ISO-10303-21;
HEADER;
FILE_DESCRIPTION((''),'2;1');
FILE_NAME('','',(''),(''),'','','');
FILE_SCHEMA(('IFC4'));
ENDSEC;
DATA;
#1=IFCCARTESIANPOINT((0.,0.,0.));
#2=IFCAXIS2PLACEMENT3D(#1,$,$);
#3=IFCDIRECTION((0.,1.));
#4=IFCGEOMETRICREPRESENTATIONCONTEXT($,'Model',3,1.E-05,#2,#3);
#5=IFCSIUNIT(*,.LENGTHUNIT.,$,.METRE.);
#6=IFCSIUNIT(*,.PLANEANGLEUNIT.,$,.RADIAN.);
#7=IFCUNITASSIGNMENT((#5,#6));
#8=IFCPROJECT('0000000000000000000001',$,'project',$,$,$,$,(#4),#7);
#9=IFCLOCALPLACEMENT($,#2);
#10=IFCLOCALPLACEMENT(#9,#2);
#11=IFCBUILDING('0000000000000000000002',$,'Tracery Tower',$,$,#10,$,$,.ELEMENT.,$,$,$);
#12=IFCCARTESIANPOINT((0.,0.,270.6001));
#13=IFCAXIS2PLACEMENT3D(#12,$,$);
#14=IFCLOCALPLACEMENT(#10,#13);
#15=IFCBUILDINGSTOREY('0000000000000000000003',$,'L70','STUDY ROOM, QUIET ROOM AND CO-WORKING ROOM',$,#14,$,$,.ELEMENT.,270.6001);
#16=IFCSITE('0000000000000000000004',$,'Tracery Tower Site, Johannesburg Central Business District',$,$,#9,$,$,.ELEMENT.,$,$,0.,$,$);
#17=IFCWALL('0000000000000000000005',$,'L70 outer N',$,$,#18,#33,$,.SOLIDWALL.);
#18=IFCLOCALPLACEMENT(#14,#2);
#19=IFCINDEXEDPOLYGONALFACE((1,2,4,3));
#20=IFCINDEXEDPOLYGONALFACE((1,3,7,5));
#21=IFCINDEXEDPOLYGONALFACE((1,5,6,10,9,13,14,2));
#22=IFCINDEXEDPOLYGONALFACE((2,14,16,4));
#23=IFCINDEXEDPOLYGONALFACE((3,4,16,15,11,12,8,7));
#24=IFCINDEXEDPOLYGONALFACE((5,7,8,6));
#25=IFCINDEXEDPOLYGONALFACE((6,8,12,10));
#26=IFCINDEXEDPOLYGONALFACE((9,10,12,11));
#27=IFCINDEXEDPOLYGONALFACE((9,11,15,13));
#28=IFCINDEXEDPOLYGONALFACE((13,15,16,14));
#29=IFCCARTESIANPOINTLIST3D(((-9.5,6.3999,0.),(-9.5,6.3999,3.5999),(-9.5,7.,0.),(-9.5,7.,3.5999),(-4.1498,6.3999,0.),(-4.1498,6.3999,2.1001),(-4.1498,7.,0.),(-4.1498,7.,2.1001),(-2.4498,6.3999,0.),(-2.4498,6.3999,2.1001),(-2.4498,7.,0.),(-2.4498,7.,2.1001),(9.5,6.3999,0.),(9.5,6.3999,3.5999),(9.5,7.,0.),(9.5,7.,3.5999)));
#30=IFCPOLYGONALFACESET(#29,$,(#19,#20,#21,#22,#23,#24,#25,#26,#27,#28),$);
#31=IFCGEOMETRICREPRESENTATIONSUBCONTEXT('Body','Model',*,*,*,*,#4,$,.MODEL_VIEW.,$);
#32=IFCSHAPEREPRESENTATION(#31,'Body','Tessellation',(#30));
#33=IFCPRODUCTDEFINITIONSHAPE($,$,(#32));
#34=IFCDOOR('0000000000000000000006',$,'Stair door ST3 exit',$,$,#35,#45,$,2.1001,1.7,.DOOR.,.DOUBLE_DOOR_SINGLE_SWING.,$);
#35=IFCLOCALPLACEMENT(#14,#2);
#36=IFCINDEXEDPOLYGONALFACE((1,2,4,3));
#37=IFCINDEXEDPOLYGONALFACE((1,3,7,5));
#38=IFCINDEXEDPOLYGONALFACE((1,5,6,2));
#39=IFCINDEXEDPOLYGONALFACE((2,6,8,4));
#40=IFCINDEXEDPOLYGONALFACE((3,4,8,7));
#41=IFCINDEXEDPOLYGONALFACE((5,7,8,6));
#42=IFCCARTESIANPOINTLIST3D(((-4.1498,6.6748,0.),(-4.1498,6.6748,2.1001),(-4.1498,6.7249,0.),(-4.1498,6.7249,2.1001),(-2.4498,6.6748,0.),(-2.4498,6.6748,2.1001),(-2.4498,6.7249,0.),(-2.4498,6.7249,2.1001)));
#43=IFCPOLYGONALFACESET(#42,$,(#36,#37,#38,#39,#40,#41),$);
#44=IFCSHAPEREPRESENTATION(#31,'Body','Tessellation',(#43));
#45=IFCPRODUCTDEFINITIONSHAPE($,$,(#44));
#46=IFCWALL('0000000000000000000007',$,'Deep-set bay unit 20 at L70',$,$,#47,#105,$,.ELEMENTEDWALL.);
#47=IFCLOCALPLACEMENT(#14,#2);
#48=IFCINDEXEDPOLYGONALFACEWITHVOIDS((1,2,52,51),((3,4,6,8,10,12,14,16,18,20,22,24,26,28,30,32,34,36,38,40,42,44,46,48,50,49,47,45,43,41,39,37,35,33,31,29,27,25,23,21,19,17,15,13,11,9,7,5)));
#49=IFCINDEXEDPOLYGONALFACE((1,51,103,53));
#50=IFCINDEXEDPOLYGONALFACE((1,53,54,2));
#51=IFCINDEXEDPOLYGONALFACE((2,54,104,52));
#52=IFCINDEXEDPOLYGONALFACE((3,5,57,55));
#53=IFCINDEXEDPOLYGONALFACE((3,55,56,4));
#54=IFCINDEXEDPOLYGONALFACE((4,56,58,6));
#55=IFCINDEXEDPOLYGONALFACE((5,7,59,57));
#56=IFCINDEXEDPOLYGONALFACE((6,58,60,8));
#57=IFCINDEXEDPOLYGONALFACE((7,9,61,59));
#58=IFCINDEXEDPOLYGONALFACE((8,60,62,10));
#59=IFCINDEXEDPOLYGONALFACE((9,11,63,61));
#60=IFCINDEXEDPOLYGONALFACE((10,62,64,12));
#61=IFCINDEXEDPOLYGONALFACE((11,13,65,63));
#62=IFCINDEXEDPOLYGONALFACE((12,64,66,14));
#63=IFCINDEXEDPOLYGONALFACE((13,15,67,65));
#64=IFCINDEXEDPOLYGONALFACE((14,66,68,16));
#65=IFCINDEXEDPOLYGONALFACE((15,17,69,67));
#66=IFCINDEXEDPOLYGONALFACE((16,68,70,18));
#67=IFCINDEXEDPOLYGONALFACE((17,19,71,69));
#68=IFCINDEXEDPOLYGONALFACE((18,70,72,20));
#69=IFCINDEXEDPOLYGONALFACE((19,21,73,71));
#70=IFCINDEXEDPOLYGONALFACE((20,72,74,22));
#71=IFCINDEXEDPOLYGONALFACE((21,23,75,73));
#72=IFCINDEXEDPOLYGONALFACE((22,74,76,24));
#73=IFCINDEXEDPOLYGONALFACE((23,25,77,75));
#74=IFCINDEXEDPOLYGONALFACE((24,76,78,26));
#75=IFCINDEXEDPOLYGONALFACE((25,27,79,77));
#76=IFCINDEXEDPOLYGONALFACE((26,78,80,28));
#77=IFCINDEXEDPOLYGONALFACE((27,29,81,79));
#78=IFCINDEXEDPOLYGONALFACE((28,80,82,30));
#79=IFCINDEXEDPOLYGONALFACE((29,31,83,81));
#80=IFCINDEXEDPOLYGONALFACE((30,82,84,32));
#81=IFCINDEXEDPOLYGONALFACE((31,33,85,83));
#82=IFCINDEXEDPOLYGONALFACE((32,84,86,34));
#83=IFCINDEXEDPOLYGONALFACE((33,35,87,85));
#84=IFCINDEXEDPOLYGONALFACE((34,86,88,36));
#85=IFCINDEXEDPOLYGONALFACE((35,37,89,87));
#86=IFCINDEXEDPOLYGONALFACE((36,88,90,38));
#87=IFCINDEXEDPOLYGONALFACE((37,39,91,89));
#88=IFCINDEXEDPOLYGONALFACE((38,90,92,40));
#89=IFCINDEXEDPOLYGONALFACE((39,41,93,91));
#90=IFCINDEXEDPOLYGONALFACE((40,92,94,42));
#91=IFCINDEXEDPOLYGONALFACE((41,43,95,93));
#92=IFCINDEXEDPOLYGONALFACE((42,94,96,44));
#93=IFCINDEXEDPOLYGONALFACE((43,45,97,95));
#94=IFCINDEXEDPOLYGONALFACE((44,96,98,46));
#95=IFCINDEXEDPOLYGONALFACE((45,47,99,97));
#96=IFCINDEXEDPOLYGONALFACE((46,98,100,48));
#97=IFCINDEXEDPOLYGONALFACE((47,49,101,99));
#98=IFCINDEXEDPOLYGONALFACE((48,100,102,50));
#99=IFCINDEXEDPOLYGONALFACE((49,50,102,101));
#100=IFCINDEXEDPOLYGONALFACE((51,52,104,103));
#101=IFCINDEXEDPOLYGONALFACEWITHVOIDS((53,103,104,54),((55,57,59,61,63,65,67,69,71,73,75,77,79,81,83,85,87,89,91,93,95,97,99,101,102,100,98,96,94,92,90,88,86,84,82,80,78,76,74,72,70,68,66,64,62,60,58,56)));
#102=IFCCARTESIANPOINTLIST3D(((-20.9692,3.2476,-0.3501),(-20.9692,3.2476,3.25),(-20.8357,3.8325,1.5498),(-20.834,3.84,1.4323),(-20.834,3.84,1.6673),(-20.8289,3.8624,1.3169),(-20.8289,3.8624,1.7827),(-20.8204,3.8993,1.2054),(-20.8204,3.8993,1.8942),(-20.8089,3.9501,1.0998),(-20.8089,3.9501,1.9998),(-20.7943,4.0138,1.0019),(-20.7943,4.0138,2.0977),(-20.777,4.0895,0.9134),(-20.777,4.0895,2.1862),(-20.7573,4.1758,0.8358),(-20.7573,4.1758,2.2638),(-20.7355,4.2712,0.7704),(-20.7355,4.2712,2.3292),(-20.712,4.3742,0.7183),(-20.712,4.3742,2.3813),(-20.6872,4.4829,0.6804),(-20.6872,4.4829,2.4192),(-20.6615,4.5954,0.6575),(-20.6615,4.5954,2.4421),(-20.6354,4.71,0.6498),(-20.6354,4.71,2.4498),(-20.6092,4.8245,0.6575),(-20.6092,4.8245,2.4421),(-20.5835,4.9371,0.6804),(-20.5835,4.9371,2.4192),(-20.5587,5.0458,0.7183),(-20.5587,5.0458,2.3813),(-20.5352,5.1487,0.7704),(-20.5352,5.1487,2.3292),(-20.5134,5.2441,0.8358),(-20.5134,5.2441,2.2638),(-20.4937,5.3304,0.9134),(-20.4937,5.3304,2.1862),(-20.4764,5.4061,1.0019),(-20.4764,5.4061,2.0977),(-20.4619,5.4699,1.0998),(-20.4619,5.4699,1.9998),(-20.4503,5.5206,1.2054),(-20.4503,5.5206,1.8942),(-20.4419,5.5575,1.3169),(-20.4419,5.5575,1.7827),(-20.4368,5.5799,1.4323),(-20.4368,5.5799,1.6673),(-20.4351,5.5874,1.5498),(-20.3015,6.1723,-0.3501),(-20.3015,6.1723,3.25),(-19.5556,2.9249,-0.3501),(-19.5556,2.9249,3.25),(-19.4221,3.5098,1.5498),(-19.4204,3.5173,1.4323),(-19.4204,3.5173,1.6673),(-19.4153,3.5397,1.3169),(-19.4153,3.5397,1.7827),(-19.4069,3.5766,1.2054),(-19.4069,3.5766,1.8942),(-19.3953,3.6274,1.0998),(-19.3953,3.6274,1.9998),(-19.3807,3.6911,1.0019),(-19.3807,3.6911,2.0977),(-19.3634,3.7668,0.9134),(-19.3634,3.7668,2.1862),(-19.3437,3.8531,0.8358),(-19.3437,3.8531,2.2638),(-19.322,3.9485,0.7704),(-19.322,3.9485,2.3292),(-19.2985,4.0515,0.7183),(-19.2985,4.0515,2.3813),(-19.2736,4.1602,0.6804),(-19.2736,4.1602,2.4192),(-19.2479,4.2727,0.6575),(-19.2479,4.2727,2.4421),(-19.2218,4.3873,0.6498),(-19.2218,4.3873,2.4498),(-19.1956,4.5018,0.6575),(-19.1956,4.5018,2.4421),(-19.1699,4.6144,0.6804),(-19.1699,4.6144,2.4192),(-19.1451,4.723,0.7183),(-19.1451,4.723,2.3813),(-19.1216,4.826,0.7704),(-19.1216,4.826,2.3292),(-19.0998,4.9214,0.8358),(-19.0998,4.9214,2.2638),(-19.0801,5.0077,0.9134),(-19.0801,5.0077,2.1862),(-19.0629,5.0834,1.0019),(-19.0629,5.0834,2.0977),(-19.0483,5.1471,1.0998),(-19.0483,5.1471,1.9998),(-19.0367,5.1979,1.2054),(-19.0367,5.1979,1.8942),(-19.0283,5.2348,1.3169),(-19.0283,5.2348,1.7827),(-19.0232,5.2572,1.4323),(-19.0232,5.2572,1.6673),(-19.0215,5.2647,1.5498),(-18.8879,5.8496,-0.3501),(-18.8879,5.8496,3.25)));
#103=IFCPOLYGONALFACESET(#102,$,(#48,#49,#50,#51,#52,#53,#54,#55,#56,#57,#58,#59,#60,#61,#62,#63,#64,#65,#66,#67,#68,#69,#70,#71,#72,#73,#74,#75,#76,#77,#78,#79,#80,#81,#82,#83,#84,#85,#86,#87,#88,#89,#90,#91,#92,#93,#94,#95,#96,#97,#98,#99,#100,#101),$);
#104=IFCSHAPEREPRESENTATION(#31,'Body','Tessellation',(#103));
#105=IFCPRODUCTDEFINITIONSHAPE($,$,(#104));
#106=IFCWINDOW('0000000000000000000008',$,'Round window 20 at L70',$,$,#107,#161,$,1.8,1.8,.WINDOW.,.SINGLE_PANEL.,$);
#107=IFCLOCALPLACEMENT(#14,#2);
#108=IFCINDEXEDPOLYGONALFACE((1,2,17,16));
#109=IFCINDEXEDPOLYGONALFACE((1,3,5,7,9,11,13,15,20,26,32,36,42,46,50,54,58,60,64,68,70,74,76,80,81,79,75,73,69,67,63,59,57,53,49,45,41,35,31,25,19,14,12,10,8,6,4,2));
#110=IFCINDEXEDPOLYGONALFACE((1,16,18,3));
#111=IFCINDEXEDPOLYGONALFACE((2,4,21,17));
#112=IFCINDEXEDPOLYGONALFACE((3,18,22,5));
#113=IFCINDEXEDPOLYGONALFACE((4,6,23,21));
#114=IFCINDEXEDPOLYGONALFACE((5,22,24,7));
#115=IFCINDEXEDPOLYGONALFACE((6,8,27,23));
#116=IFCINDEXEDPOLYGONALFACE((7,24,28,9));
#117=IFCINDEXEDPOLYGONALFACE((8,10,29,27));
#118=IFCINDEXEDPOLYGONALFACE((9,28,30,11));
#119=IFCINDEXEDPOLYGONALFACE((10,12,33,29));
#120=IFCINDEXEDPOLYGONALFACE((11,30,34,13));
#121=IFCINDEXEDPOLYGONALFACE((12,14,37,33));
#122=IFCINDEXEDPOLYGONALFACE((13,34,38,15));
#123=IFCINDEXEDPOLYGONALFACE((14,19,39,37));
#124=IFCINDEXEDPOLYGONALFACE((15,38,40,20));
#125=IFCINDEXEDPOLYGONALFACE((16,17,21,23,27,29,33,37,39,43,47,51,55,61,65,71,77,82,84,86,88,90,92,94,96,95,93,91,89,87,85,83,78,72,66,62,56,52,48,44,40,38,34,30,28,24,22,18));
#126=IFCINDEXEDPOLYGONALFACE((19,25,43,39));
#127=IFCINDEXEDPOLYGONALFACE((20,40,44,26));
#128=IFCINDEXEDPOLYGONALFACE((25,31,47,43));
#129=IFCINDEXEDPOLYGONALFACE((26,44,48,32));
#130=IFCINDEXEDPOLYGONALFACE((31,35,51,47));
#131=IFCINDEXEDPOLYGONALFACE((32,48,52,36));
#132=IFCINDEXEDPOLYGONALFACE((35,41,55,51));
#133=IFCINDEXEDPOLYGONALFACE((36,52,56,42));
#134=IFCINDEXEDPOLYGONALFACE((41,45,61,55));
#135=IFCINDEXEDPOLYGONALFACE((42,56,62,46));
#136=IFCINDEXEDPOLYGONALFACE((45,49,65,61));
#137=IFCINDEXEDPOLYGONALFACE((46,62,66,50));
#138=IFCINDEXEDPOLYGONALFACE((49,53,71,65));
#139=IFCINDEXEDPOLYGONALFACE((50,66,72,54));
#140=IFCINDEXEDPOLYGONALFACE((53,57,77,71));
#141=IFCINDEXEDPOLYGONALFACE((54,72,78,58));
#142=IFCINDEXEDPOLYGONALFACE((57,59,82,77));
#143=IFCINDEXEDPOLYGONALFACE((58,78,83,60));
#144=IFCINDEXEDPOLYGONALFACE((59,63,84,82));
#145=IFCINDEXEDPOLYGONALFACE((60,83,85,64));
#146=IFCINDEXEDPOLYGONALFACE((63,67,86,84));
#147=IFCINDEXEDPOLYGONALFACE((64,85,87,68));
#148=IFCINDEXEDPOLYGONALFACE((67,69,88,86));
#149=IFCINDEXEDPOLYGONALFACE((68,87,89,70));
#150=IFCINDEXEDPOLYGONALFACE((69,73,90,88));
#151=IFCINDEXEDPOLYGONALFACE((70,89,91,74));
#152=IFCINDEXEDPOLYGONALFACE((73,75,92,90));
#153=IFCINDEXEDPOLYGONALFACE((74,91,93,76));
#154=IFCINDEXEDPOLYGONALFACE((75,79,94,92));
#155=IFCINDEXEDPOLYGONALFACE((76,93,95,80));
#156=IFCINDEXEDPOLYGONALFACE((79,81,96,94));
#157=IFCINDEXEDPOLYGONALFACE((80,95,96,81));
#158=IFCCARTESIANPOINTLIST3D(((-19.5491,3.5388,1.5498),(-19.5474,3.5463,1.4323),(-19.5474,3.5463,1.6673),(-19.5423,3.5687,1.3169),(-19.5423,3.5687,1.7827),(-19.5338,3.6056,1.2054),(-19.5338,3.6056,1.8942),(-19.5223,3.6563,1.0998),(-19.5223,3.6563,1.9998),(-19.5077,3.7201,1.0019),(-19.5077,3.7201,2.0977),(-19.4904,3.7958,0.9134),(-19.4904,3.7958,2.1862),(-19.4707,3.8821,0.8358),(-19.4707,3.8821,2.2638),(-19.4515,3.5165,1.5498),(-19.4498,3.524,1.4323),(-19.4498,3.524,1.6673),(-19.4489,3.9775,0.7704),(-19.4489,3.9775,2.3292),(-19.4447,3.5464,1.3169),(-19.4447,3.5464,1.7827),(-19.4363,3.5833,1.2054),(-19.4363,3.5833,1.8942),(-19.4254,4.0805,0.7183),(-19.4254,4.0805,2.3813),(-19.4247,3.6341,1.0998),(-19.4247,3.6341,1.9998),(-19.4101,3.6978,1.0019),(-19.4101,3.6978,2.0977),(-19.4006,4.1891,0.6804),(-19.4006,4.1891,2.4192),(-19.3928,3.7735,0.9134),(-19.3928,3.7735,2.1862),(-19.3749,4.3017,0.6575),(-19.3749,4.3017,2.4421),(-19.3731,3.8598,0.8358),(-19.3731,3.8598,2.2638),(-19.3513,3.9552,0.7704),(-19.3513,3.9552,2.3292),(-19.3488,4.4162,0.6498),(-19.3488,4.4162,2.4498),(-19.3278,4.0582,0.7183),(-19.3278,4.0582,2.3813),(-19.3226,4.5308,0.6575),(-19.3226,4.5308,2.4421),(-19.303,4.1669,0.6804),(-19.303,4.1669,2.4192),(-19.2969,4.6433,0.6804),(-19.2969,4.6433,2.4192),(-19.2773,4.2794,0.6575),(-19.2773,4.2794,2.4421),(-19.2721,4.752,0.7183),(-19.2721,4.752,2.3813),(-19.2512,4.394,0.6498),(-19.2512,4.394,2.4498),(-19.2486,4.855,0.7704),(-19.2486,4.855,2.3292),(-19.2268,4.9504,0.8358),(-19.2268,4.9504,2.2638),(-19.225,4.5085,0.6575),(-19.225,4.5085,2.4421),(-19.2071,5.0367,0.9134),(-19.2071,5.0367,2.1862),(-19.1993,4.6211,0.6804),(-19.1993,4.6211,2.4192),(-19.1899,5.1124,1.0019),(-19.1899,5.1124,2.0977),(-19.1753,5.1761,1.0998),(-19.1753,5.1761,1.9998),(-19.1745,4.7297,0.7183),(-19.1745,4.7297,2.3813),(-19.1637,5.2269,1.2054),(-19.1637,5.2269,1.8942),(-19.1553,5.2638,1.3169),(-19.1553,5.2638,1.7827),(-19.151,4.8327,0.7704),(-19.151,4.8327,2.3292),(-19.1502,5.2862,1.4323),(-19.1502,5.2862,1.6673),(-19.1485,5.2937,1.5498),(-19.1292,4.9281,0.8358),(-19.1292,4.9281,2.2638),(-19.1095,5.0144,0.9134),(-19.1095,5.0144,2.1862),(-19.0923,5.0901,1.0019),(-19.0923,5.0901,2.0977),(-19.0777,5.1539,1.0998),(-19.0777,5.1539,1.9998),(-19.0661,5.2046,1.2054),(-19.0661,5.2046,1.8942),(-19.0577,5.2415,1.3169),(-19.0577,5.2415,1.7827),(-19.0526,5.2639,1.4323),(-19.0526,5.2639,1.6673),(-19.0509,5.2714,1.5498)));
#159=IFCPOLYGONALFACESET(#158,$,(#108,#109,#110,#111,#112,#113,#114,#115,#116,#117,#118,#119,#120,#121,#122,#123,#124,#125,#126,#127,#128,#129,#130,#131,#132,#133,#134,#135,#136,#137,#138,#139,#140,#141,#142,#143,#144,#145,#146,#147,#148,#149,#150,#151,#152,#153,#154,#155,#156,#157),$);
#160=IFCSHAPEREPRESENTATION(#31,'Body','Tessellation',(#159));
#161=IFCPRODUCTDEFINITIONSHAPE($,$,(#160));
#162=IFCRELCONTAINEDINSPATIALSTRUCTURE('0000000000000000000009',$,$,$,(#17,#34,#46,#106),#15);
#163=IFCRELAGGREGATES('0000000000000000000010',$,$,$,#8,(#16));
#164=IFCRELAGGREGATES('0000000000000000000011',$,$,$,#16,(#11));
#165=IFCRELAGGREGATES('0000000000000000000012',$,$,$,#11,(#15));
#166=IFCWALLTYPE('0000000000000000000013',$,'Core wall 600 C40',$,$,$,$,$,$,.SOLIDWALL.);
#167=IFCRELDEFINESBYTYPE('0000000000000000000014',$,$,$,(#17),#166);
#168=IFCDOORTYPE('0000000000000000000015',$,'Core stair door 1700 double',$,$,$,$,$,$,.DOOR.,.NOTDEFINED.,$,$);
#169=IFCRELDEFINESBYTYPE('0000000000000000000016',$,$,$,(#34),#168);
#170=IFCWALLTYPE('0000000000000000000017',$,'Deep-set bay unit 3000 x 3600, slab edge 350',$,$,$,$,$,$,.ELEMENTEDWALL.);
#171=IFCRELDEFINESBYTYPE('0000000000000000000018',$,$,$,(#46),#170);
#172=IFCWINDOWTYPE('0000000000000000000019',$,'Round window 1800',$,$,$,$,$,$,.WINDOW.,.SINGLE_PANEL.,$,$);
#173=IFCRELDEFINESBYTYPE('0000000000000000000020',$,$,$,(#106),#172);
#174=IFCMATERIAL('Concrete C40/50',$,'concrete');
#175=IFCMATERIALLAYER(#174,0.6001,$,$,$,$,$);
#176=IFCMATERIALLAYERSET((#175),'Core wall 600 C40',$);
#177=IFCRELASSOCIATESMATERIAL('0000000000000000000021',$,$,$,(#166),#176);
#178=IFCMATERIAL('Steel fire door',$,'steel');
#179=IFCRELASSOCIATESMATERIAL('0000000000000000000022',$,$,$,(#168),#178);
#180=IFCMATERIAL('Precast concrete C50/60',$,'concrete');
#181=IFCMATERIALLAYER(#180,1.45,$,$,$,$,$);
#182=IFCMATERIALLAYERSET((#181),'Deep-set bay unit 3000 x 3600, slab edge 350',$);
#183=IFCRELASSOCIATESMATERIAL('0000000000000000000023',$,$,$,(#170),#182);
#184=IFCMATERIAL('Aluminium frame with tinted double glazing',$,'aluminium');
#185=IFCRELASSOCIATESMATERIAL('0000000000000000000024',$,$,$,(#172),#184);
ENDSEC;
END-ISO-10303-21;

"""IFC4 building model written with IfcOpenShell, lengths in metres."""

from ifc_helpers import new_model, si_unit, direction, frame, frame_2d, origin, origin_2d, place, context, subcontext, project, spatial, rectangle, circle, extrude, material, layer, layer_set, type_object, element, fill, save


model = new_model("IFC4")

# Units and contexts
model_context = context("Model", 3, precision=1e-05, world=origin(), true_north=direction((0.0, 1.0)))
body_context = subcontext(model_context, "Body", "Model", "MODEL_VIEW")
ifc_project = project(units=[si_unit("LENGTHUNIT", "METRE"), si_unit("PLANEANGLEUNIT", "RADIAN")], contexts=[model_context])

# Site, building, storey
site_placement = place(None, origin())
site = spatial("IfcSite", under=ifc_project, at=site_placement, Name="Tracery Tower Site, Johannesburg Central Business District", CompositionType="ELEMENT", RefElevation=0.0)
building_placement = place(site_placement, origin())
building = spatial("IfcBuilding", under=site, at=building_placement, Name="Tracery Tower", CompositionType="ELEMENT")
storey_placement = place(building_placement, frame((0.0, 0.0, 270.6001)))
storey = spatial("IfcBuildingStorey", under=building, at=storey_placement, Name="L70", Description="STUDY ROOM, QUIET ROOM AND CO-WORKING ROOM", CompositionType="ELEMENT", Elevation=270.6001)

# Wall, opening, door
ifc_material_1 = material(Name="Concrete C40/50", Category="concrete")
ifc_layer_1 = layer(ifc_material_1, 0.6001)
ifc_layer_set_1 = layer_set([ifc_layer_1], Name="Core wall 600 C40")
wall_type_1 = type_object("IfcWallType", Name="Core wall 600 C40", PredefinedType="SOLIDWALL", material=ifc_layer_set_1)
wall_1_placement = place(storey_placement, frame((-9.5, 6.7, 0.0), z_axis=(0.0, 0.0, 1.0), x_axis=(1.0, 0.0, 0.0)))
wall_1 = element("IfcWall", 1, at=wall_1_placement, inside=storey, type_object=wall_type_1, Name="L70 outer N", PredefinedType="SOLIDWALL", context=body_context, shape_type="SweptSolid", body=[
    extrude(rectangle(XDim=19.0, YDim=0.6001, at=frame_2d((9.5, 0.0))), origin(), (0.0, 0.0, 1.0), 3.5999),
])
opening_1_placement = place(wall_1_placement, frame((5.3501, 0.0, 0.0)))
opening_1 = element("IfcOpeningElement", 2, at=opening_1_placement, cuts=wall_1, PredefinedType="OPENING", context=body_context, shape_type="SweptSolid", body=[
    extrude(rectangle(XDim=1.7, YDim=2.1001, at=frame_2d((0.8501, 1.05))), frame((0.0, 0.3, 0.0), z_axis=(0.0, -1.0, 0.0), x_axis=(1.0, 0.0, 0.0)), (0.0, 0.0, 1.0), 0.6001),
])
ifc_material_2 = material(Name="Steel fire door", Category="steel")
door_type_1 = type_object("IfcDoorType", Name="Core stair door 1700 double", OperationType="NOTDEFINED", PredefinedType="DOOR", material=ifc_material_2)
door_1_placement = place(opening_1_placement, origin())
door_1 = element("IfcDoor", 3, at=door_1_placement, inside=storey, type_object=door_type_1, Name="Stair door ST3 exit", OperationType="DOUBLE_DOOR_SINGLE_SWING", OverallHeight=2.1001, OverallWidth=1.7, PredefinedType="DOOR", context=body_context, shape_type="SweptSolid", body=[
    extrude(rectangle(XDim=1.7, YDim=2.1001, at=frame_2d((0.8501, 1.05))), frame((0.0, 0.0249, 0.0), z_axis=(0.0, -1.0, 0.0), x_axis=(1.0, 0.0, 0.0)), (0.0, 0.0, 1.0), 0.05),
])
fill(opening_1, door_1)

# Wall, opening, window
ifc_material_3 = material(Name="Precast concrete C50/60", Category="concrete")
ifc_layer_2 = layer(ifc_material_3, 1.45)
ifc_layer_set_2 = layer_set([ifc_layer_2], Name="Deep-set bay unit 3000 x 3600, slab edge 350")
wall_type_2 = type_object("IfcWallType", Name="Deep-set bay unit 3000 x 3600, slab edge 350", PredefinedType="ELEMENTEDWALL", material=ifc_layer_set_2)
wall_2_placement = place(storey_placement, frame((-19.5947, 6.011, -0.3501), z_axis=(0.0, 0.0, 1.0), x_axis=(-0.222571, -0.974917, 0.0)))
wall_2 = element("IfcWall", 4, at=wall_2_placement, inside=storey, type_object=wall_type_2, Name="Deep-set bay unit 20 at L70", PredefinedType="ELEMENTEDWALL", context=body_context, shape_type="SweptSolid", body=[
    extrude(rectangle(XDim=3.0, YDim=1.45, at=frame_2d((1.5, 0.0))), origin(), (0.0, 0.0, 1.0), 3.6001),
])
opening_2_placement = place(wall_2_placement, frame((1.5, 0.0, 1.8999)))
opening_2 = element("IfcOpeningElement", 5, at=opening_2_placement, cuts=wall_2, PredefinedType="OPENING", context=body_context, shape_type="SweptSolid", body=[
    extrude(circle(Radius=0.9, at=origin_2d()), frame((0.0, 0.7349, 0.0), z_axis=(0.0, -1.0, 0.0), x_axis=(1.0, 0.0, 0.0)), (0.0, 0.0, 1.0), 1.47),
])
ifc_material_4 = material(Name="Aluminium frame with tinted double glazing", Category="aluminium")
window_type = type_object("IfcWindowType", Name="Round window 1800", PartitioningType="SINGLE_PANEL", PredefinedType="WINDOW", material=ifc_material_4)
window_1_placement = place(opening_2_placement, origin())
window_1 = element("IfcWindow", 6, at=window_1_placement, inside=storey, type_object=window_type, Name="Round window 20 at L70", OverallHeight=1.8, OverallWidth=1.8, PartitioningType="SINGLE_PANEL", PredefinedType="WINDOW", context=body_context, shape_type="SweptSolid", body=[
    extrude(circle(Radius=0.9, at=origin_2d()), frame((0.0, 0.6948, 0.0), z_axis=(0.0, -1.0, 0.0), x_axis=(1.0, 0.0, 0.0)), (0.0, 0.0, 1.0), 0.1001),
])
fill(opening_2, window_1)

save(model, "model.ifc")
